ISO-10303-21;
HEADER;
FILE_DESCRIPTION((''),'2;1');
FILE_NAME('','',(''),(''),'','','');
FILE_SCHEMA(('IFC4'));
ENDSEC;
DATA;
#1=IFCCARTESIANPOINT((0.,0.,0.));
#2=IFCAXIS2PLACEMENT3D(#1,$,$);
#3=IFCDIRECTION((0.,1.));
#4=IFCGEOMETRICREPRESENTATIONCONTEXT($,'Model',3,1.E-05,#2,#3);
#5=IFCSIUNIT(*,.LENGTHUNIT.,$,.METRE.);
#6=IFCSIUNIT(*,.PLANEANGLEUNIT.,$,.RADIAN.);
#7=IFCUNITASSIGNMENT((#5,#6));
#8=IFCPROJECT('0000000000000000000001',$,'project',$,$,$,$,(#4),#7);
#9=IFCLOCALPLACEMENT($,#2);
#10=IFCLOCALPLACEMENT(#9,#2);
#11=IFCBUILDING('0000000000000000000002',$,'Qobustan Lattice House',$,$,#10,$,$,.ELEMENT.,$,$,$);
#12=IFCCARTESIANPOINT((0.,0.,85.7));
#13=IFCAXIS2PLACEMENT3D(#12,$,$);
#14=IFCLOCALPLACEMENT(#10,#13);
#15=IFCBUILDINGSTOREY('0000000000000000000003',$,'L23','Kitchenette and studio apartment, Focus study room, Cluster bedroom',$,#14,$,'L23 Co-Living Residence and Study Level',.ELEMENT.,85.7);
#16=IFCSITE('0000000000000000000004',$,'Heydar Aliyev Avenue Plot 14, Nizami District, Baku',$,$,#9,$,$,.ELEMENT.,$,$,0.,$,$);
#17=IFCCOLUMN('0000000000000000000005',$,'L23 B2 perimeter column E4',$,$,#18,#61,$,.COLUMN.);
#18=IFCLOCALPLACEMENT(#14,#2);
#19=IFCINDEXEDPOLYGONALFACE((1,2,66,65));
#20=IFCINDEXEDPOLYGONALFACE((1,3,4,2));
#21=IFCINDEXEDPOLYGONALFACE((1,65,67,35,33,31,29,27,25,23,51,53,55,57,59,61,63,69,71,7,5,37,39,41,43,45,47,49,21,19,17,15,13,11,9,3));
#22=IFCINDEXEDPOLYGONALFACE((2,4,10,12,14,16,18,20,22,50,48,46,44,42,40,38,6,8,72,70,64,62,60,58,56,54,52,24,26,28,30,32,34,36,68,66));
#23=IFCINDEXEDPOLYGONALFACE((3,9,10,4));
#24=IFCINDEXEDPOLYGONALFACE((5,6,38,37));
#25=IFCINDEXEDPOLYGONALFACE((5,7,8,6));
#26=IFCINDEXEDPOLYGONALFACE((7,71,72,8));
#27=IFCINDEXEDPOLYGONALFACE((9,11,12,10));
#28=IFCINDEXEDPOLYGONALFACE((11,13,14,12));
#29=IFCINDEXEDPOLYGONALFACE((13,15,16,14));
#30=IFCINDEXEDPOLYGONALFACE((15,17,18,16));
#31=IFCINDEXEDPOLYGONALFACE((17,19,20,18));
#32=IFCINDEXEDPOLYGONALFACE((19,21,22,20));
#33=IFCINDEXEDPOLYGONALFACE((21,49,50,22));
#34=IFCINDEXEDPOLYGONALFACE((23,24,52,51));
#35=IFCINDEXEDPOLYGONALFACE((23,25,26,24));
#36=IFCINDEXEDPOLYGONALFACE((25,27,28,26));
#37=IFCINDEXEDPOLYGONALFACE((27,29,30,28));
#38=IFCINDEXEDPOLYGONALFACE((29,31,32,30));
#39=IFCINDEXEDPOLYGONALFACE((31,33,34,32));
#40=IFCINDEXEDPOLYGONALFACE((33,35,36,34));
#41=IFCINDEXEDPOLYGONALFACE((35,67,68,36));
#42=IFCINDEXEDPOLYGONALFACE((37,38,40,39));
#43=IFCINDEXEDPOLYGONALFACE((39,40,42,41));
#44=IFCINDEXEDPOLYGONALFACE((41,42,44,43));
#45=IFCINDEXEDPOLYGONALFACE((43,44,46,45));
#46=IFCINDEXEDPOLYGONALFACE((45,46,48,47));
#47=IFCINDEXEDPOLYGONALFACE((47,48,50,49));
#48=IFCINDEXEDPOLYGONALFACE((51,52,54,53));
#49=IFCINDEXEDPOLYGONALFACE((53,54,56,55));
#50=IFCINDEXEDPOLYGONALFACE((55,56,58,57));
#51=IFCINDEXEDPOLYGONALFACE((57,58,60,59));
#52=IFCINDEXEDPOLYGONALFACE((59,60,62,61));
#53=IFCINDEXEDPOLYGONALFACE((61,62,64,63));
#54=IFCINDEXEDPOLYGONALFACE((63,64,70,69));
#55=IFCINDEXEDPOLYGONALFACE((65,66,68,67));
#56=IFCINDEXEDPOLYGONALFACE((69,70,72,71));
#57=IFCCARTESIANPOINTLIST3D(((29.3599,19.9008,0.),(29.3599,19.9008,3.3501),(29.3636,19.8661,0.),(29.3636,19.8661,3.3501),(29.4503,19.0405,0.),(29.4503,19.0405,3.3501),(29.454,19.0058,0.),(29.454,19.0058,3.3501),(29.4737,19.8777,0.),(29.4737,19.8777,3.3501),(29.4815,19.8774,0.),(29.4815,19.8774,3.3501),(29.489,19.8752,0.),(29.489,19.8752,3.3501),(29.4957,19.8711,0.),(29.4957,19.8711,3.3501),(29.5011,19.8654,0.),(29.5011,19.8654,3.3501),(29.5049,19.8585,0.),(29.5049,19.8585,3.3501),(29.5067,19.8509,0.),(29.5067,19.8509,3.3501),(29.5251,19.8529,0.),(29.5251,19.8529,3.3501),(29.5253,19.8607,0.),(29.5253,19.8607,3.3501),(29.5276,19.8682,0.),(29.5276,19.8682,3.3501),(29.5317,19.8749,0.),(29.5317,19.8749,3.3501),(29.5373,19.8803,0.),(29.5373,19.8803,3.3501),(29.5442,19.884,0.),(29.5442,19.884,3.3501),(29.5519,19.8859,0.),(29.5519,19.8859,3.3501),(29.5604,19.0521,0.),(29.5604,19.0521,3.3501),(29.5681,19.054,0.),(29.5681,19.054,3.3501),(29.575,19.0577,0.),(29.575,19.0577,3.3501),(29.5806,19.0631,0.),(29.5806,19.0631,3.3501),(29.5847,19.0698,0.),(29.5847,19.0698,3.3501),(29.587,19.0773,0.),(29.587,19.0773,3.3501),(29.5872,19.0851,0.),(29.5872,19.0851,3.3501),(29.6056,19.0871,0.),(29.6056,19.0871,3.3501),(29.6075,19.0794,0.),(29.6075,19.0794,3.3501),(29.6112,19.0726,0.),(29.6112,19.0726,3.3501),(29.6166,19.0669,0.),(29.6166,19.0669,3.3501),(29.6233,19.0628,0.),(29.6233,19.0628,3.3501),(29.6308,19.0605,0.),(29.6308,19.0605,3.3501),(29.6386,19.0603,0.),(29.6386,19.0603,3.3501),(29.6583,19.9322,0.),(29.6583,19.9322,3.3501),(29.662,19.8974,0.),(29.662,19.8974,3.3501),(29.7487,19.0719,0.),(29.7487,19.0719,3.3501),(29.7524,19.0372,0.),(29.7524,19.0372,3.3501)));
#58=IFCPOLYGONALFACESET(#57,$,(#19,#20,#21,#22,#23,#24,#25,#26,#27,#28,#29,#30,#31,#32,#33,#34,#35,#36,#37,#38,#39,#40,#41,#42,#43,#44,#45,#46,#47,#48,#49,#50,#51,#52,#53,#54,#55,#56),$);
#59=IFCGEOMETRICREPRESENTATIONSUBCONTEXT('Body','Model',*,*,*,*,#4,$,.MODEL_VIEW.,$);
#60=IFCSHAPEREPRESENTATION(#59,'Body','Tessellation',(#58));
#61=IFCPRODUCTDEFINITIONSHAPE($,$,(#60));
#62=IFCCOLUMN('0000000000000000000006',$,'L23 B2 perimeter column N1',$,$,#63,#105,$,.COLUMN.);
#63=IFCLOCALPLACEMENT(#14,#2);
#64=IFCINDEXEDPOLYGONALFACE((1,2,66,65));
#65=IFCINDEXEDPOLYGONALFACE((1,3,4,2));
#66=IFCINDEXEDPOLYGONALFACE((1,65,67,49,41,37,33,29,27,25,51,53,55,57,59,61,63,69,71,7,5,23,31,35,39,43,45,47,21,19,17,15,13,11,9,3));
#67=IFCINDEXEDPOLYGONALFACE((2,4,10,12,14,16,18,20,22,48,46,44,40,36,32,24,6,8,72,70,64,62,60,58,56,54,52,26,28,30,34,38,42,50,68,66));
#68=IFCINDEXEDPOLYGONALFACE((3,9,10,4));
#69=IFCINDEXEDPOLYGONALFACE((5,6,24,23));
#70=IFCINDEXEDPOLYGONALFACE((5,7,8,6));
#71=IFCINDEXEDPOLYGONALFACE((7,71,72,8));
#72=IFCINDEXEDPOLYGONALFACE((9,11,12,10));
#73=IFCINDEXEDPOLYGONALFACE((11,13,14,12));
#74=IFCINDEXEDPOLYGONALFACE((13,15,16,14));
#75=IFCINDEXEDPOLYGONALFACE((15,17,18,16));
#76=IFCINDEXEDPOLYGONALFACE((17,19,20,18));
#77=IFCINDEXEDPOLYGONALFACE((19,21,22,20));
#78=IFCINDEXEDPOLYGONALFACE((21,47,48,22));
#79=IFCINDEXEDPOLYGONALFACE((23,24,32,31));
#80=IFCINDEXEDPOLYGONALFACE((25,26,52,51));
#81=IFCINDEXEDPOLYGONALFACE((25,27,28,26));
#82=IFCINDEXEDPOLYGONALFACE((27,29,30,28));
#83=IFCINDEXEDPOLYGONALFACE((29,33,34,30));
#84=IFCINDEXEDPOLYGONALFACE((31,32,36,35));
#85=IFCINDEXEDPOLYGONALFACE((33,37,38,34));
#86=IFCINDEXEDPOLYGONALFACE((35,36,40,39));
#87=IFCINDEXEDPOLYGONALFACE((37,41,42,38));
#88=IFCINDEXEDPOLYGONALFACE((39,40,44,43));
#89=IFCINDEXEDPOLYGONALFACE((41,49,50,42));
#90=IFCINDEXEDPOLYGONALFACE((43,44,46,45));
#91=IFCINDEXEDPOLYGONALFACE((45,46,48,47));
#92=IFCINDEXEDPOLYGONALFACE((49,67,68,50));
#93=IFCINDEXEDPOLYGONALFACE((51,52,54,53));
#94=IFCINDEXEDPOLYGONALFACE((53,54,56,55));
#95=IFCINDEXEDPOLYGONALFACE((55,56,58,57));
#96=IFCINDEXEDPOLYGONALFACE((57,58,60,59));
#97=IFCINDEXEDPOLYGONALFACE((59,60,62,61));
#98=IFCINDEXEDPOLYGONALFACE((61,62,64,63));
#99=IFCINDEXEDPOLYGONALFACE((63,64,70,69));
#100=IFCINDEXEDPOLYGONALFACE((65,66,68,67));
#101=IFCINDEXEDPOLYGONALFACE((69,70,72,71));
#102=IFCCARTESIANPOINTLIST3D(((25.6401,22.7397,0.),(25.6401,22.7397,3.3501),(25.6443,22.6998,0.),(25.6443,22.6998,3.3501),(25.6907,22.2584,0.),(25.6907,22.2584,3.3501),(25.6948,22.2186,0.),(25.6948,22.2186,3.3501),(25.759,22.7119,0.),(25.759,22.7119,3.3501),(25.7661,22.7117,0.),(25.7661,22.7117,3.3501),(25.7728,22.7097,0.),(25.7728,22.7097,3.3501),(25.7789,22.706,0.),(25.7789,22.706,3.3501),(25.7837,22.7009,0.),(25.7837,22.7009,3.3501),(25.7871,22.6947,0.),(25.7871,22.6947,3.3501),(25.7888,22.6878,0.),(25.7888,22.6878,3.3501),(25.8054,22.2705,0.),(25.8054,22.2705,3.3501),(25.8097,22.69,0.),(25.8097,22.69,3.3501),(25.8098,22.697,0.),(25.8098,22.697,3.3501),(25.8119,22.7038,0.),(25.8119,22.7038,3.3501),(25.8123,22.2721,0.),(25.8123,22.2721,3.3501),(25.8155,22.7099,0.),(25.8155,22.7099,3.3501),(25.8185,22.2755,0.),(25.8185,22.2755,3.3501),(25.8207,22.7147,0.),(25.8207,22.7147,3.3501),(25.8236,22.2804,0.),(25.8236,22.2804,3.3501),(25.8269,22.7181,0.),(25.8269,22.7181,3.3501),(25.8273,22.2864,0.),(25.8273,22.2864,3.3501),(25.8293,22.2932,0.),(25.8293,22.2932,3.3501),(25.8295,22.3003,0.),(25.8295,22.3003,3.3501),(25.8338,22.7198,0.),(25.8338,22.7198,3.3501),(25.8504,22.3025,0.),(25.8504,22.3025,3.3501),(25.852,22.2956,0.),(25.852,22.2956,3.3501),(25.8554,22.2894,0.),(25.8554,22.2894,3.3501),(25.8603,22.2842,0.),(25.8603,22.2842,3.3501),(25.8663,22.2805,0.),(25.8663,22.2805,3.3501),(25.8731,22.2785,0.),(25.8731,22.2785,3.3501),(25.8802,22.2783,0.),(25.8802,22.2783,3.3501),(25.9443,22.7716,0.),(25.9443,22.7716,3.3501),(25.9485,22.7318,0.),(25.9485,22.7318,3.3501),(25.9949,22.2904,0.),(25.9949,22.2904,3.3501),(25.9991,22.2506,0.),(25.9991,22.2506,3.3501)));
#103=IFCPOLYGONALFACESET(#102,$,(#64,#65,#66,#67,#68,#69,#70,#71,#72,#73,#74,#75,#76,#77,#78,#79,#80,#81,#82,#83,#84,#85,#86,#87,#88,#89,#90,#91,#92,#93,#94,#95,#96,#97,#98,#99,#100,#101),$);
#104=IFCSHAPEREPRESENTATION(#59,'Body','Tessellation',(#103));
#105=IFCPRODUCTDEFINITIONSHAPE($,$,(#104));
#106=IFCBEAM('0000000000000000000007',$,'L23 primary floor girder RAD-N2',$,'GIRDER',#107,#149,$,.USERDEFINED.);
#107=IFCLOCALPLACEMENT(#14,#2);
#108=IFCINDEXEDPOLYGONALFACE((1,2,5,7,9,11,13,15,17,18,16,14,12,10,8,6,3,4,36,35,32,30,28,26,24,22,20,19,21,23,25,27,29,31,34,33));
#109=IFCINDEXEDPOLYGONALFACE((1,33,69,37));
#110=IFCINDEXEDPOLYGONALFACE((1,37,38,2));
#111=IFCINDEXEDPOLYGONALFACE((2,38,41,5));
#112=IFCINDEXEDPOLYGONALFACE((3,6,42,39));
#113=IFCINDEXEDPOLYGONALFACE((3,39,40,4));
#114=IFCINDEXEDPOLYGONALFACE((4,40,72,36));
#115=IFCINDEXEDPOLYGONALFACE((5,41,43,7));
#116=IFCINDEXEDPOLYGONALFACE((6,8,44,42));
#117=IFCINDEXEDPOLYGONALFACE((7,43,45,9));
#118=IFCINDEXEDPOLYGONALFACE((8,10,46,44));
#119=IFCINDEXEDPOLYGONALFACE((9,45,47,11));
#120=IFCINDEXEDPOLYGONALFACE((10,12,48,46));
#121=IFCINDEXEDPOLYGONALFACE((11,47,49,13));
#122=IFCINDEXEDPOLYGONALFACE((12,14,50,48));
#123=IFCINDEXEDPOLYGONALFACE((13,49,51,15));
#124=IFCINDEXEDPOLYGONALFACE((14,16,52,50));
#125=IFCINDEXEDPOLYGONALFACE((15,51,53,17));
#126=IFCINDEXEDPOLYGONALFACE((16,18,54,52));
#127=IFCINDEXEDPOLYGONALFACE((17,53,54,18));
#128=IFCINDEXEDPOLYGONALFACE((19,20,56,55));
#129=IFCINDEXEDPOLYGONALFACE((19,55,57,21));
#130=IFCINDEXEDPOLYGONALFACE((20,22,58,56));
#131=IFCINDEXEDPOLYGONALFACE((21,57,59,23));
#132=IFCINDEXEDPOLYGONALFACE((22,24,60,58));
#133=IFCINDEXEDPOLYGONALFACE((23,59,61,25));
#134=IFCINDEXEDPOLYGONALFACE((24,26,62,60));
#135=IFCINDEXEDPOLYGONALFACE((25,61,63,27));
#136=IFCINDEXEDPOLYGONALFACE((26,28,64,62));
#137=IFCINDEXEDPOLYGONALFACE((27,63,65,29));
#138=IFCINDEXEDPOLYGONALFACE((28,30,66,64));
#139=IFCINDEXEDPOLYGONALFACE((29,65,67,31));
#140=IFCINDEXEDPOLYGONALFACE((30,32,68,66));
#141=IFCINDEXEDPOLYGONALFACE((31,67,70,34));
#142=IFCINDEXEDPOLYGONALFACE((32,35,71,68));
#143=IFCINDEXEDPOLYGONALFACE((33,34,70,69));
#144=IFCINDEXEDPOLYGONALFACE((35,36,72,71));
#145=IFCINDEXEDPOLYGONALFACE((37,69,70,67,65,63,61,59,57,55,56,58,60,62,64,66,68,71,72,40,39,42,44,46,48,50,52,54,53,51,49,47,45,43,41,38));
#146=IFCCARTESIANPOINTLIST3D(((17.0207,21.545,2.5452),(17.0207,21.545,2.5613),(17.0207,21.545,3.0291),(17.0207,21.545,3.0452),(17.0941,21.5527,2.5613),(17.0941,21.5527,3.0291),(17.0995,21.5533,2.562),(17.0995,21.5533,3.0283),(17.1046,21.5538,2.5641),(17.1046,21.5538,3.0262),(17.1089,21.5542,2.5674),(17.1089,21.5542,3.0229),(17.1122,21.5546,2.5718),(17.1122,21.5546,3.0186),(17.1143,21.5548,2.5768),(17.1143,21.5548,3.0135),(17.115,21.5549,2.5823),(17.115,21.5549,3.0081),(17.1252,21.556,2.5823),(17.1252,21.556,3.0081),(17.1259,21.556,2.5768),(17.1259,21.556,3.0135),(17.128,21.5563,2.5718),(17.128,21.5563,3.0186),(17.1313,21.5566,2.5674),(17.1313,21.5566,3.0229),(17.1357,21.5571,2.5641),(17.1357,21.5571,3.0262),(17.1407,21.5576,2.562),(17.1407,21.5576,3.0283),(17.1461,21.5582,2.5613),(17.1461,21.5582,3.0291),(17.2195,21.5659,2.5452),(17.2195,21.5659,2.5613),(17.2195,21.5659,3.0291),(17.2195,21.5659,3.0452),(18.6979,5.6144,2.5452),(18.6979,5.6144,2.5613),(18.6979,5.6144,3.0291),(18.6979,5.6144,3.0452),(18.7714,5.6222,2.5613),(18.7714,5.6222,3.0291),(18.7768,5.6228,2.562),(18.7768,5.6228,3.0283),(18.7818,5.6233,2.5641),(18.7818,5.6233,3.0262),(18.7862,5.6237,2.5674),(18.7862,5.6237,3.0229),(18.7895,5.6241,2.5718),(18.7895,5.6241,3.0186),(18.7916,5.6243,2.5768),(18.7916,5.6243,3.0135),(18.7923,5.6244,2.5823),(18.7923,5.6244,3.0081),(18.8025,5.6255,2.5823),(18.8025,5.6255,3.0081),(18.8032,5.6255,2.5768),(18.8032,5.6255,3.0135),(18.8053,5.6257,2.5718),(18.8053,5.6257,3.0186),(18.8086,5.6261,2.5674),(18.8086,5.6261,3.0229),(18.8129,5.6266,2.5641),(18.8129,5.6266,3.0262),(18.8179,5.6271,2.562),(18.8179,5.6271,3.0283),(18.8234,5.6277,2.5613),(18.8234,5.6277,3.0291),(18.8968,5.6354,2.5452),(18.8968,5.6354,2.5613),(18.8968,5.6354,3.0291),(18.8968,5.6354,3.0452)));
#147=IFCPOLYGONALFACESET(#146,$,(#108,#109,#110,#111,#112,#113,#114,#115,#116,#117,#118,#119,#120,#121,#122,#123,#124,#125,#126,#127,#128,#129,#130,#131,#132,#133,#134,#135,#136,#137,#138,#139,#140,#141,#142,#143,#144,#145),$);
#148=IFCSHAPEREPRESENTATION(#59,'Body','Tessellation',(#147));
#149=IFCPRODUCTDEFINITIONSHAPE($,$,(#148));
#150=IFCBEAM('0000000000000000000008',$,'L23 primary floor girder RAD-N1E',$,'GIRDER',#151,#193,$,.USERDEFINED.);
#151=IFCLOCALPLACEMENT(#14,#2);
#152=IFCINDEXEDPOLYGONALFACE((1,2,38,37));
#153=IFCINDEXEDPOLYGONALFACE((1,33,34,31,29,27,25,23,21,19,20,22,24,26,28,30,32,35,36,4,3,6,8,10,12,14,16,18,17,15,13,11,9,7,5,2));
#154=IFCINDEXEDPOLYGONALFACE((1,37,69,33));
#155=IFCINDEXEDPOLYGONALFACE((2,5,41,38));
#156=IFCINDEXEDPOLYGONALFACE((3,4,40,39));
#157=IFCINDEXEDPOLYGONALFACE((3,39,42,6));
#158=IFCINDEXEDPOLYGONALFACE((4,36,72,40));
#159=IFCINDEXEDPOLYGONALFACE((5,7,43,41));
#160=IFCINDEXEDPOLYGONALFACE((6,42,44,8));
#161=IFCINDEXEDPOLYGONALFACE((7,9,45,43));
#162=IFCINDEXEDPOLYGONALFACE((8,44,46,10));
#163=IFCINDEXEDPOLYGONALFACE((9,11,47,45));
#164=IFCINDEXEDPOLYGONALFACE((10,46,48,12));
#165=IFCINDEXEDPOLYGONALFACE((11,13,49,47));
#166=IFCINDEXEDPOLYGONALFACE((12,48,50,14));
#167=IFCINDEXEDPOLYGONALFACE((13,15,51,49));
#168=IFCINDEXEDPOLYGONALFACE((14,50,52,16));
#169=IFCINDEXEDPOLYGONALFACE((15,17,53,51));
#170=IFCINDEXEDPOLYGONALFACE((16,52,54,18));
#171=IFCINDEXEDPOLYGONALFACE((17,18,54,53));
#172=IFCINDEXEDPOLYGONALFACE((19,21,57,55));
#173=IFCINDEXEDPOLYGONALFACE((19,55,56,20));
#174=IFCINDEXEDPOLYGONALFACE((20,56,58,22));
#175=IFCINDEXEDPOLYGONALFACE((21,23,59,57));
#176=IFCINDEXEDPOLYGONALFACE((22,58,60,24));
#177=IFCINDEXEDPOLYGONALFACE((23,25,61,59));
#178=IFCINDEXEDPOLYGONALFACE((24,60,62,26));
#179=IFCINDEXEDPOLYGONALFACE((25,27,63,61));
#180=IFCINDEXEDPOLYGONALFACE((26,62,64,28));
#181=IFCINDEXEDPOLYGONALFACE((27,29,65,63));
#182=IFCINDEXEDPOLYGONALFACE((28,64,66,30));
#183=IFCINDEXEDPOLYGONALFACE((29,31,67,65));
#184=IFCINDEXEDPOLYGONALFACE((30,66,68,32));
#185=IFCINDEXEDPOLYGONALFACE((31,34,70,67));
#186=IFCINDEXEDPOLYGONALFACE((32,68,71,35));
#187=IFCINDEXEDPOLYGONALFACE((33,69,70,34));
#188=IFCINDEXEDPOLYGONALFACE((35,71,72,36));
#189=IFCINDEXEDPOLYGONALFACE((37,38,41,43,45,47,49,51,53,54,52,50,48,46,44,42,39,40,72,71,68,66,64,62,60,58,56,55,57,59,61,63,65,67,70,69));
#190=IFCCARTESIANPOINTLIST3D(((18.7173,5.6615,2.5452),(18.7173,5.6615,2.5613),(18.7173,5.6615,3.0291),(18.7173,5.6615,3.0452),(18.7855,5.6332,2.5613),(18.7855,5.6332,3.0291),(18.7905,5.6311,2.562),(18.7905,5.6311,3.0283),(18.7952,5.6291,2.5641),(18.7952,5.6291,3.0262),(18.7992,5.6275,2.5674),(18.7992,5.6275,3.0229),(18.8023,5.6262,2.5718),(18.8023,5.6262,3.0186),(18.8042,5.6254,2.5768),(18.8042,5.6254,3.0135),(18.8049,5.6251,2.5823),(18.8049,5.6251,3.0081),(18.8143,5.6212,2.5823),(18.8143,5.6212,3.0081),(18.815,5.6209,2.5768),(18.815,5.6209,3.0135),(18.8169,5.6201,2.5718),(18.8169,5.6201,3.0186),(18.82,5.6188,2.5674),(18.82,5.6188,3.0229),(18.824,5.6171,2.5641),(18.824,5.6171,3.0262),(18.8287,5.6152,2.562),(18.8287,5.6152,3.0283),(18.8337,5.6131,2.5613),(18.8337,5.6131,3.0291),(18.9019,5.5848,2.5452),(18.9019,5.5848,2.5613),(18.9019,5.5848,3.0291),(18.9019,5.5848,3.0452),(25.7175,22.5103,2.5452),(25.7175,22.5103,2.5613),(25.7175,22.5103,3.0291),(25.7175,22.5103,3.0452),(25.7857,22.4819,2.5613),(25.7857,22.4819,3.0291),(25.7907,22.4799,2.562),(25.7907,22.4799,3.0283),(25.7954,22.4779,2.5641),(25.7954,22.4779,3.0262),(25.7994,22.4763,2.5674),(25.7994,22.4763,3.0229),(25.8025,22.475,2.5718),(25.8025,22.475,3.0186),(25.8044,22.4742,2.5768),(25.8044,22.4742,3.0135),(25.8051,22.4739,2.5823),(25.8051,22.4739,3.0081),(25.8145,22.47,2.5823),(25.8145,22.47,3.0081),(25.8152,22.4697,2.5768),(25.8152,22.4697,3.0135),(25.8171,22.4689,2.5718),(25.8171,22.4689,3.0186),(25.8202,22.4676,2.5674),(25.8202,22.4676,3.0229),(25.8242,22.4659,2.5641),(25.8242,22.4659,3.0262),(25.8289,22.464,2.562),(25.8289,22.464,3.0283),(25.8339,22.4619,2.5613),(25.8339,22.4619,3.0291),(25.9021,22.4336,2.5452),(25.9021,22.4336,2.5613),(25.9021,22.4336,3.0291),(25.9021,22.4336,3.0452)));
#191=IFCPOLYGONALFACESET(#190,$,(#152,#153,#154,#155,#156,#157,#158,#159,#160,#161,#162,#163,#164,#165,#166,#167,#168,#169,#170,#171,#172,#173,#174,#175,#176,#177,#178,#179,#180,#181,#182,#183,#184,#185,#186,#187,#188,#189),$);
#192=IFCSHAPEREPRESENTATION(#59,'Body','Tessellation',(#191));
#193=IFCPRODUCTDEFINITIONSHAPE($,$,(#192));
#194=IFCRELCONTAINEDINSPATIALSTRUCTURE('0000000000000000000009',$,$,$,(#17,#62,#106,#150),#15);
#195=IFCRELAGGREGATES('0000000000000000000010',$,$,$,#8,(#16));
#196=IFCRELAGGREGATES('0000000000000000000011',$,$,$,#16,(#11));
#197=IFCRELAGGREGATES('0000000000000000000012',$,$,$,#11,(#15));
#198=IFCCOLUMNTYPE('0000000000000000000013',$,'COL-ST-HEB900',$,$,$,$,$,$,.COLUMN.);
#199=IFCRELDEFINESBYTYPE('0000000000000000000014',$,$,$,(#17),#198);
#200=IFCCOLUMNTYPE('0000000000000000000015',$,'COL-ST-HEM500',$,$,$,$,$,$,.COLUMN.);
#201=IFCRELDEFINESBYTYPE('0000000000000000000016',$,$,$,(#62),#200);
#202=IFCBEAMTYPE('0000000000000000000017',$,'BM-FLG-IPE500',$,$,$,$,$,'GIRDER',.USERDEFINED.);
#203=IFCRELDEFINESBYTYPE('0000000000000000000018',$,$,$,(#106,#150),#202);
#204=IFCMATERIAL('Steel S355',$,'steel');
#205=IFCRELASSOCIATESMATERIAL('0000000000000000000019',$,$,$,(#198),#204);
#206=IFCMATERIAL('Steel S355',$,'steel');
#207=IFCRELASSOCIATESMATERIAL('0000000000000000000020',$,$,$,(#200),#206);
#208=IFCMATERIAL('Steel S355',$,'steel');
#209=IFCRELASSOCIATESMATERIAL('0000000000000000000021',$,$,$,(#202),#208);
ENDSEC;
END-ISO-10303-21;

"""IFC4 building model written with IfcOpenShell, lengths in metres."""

from ifc_helpers import new_model, si_unit, direction, frame, origin, origin_2d, place, context, subcontext, project, spatial, i_section, extrude, material, material_profile, profile_set, type_object, element, save


model = new_model("IFC4")

# Units and contexts
model_context = context("Model", 3, precision=1e-05, world=origin(), true_north=direction((0.0, 1.0)))
body_context = subcontext(model_context, "Body", "Model", "MODEL_VIEW")
ifc_project = project(units=[si_unit("LENGTHUNIT", "METRE"), si_unit("PLANEANGLEUNIT", "RADIAN")], contexts=[model_context])

# Site, building, storey
site_placement = place(None, origin())
site = spatial("IfcSite", under=ifc_project, at=site_placement, Name="Heydar Aliyev Avenue Plot 14, Nizami District, Baku", CompositionType="ELEMENT", RefElevation=0.0)
building_placement = place(site_placement, origin())
building = spatial("IfcBuilding", under=site, at=building_placement, Name="Qobustan Lattice House", CompositionType="ELEMENT")
storey_placement = place(building_placement, frame((0.0, 0.0, 85.7)))
storey = spatial("IfcBuildingStorey", under=building, at=storey_placement, Name="L23", Description="Kitchenette and studio apartment, Focus study room, Cluster bedroom", LongName="L23 Co-Living Residence and Study Level", CompositionType="ELEMENT", Elevation=85.7)

# Columns
ifc_material_1 = material(Name="Steel S355", Category="steel")
ifc_material_profile_1 = material_profile(ifc_material_1, i_section(OverallWidth=0.3, OverallDepth=0.8999, WebThickness=0.0186, FlangeThickness=0.0349, FilletRadius=0.03, at=origin_2d()), Name="HEB900")
ifc_profile_set_1 = profile_set([ifc_material_profile_1], Name="Steel S355")
column_type_1 = type_object("IfcColumnType", Name="COL-ST-HEB900", PredefinedType="COLUMN", material=ifc_profile_set_1)
column_1_placement = place(storey_placement, frame((29.5562, 19.469, 0.0), z_axis=(0.0, 0.0, 1.0), x_axis=(0.994522, 0.104528, 0.0)))
element("IfcColumn", 1, at=column_1_placement, inside=storey, type_object=column_type_1, Name="L23 B2 perimeter column E4", PredefinedType="COLUMN", context=body_context, shape_type="SweptSolid", body=[
    extrude(i_section(OverallWidth=0.3, OverallDepth=0.8999, WebThickness=0.0186, FlangeThickness=0.0349, FilletRadius=0.03, at=origin_2d()), origin(), (0.0, 0.0, 1.0), 3.3501),
])
ifc_material_2 = material(Name="Steel S355", Category="steel")
ifc_material_profile_2 = material_profile(ifc_material_2, i_section(OverallWidth=0.3059, OverallDepth=0.5239, WebThickness=0.021, FlangeThickness=0.04, FilletRadius=0.0271, at=origin_2d()), Name="HEM500")
ifc_profile_set_2 = profile_set([ifc_material_profile_2], Name="Steel S355")
column_type_2 = type_object("IfcColumnType", Name="COL-ST-HEM500", PredefinedType="COLUMN", material=ifc_profile_set_2)
column_2_placement = place(storey_placement, frame((25.8196, 22.4951, 0.0), z_axis=(0.0, 0.0, 1.0), x_axis=(0.994522, 0.104528, 0.0)))
element("IfcColumn", 2, at=column_2_placement, inside=storey, type_object=column_type_2, Name="L23 B2 perimeter column N1", PredefinedType="COLUMN", context=body_context, shape_type="SweptSolid", body=[
    extrude(i_section(OverallWidth=0.3059, OverallDepth=0.5239, WebThickness=0.021, FlangeThickness=0.04, FilletRadius=0.0271, at=origin_2d()), origin(), (0.0, 0.0, 1.0), 3.3501),
])

# Beams
ifc_material_3 = material(Name="Steel S355", Category="steel")
ifc_material_profile_3 = material_profile(ifc_material_3, i_section(OverallWidth=0.2, OverallDepth=0.5, WebThickness=0.0103, FlangeThickness=0.0161, FilletRadius=0.021, at=origin_2d()), Name="IPE500")
ifc_profile_set_3 = profile_set([ifc_material_profile_3], Name="Steel S355")
beam_type_1 = type_object("IfcBeamType", Name="BM-FLG-IPE500", ElementType="GIRDER", PredefinedType="USERDEFINED", material=ifc_profile_set_3)
beam_1_placement = place(storey_placement, frame((17.1201, 21.5554, 2.7952), z_axis=(0.104707, -0.994503, 0.0), x_axis=(0.994503, 0.104707, 0.0)))
element("IfcBeam", 3, at=beam_1_placement, inside=storey, type_object=beam_type_1, Name="L23 primary floor girder RAD-N2", ObjectType="GIRDER", PredefinedType="USERDEFINED", context=body_context, shape_type="SweptSolid", body=[
    extrude(i_section(OverallWidth=0.2, OverallDepth=0.5, WebThickness=0.0103, FlangeThickness=0.0161, FilletRadius=0.021, at=origin_2d()), origin(), (0.0, 0.0, 1.0), 16.0186),
])
beam_2_placement = place(storey_placement, frame((25.8098, 22.4719, 2.7952), z_axis=(-0.383676, -0.923468, 0.0), x_axis=(0.923468, -0.383676, 0.0)))
element("IfcBeam", 4, at=beam_2_placement, inside=storey, type_object=beam_type_1, Name="L23 primary floor girder RAD-N1E", ObjectType="GIRDER", PredefinedType="USERDEFINED", context=body_context, shape_type="SweptSolid", body=[
    extrude(i_section(OverallWidth=0.2, OverallDepth=0.5, WebThickness=0.0103, FlangeThickness=0.0161, FilletRadius=0.021, at=origin_2d()), origin(), (0.0, 0.0, 1.0), 18.2451),
])

save(model, "model.ifc")
